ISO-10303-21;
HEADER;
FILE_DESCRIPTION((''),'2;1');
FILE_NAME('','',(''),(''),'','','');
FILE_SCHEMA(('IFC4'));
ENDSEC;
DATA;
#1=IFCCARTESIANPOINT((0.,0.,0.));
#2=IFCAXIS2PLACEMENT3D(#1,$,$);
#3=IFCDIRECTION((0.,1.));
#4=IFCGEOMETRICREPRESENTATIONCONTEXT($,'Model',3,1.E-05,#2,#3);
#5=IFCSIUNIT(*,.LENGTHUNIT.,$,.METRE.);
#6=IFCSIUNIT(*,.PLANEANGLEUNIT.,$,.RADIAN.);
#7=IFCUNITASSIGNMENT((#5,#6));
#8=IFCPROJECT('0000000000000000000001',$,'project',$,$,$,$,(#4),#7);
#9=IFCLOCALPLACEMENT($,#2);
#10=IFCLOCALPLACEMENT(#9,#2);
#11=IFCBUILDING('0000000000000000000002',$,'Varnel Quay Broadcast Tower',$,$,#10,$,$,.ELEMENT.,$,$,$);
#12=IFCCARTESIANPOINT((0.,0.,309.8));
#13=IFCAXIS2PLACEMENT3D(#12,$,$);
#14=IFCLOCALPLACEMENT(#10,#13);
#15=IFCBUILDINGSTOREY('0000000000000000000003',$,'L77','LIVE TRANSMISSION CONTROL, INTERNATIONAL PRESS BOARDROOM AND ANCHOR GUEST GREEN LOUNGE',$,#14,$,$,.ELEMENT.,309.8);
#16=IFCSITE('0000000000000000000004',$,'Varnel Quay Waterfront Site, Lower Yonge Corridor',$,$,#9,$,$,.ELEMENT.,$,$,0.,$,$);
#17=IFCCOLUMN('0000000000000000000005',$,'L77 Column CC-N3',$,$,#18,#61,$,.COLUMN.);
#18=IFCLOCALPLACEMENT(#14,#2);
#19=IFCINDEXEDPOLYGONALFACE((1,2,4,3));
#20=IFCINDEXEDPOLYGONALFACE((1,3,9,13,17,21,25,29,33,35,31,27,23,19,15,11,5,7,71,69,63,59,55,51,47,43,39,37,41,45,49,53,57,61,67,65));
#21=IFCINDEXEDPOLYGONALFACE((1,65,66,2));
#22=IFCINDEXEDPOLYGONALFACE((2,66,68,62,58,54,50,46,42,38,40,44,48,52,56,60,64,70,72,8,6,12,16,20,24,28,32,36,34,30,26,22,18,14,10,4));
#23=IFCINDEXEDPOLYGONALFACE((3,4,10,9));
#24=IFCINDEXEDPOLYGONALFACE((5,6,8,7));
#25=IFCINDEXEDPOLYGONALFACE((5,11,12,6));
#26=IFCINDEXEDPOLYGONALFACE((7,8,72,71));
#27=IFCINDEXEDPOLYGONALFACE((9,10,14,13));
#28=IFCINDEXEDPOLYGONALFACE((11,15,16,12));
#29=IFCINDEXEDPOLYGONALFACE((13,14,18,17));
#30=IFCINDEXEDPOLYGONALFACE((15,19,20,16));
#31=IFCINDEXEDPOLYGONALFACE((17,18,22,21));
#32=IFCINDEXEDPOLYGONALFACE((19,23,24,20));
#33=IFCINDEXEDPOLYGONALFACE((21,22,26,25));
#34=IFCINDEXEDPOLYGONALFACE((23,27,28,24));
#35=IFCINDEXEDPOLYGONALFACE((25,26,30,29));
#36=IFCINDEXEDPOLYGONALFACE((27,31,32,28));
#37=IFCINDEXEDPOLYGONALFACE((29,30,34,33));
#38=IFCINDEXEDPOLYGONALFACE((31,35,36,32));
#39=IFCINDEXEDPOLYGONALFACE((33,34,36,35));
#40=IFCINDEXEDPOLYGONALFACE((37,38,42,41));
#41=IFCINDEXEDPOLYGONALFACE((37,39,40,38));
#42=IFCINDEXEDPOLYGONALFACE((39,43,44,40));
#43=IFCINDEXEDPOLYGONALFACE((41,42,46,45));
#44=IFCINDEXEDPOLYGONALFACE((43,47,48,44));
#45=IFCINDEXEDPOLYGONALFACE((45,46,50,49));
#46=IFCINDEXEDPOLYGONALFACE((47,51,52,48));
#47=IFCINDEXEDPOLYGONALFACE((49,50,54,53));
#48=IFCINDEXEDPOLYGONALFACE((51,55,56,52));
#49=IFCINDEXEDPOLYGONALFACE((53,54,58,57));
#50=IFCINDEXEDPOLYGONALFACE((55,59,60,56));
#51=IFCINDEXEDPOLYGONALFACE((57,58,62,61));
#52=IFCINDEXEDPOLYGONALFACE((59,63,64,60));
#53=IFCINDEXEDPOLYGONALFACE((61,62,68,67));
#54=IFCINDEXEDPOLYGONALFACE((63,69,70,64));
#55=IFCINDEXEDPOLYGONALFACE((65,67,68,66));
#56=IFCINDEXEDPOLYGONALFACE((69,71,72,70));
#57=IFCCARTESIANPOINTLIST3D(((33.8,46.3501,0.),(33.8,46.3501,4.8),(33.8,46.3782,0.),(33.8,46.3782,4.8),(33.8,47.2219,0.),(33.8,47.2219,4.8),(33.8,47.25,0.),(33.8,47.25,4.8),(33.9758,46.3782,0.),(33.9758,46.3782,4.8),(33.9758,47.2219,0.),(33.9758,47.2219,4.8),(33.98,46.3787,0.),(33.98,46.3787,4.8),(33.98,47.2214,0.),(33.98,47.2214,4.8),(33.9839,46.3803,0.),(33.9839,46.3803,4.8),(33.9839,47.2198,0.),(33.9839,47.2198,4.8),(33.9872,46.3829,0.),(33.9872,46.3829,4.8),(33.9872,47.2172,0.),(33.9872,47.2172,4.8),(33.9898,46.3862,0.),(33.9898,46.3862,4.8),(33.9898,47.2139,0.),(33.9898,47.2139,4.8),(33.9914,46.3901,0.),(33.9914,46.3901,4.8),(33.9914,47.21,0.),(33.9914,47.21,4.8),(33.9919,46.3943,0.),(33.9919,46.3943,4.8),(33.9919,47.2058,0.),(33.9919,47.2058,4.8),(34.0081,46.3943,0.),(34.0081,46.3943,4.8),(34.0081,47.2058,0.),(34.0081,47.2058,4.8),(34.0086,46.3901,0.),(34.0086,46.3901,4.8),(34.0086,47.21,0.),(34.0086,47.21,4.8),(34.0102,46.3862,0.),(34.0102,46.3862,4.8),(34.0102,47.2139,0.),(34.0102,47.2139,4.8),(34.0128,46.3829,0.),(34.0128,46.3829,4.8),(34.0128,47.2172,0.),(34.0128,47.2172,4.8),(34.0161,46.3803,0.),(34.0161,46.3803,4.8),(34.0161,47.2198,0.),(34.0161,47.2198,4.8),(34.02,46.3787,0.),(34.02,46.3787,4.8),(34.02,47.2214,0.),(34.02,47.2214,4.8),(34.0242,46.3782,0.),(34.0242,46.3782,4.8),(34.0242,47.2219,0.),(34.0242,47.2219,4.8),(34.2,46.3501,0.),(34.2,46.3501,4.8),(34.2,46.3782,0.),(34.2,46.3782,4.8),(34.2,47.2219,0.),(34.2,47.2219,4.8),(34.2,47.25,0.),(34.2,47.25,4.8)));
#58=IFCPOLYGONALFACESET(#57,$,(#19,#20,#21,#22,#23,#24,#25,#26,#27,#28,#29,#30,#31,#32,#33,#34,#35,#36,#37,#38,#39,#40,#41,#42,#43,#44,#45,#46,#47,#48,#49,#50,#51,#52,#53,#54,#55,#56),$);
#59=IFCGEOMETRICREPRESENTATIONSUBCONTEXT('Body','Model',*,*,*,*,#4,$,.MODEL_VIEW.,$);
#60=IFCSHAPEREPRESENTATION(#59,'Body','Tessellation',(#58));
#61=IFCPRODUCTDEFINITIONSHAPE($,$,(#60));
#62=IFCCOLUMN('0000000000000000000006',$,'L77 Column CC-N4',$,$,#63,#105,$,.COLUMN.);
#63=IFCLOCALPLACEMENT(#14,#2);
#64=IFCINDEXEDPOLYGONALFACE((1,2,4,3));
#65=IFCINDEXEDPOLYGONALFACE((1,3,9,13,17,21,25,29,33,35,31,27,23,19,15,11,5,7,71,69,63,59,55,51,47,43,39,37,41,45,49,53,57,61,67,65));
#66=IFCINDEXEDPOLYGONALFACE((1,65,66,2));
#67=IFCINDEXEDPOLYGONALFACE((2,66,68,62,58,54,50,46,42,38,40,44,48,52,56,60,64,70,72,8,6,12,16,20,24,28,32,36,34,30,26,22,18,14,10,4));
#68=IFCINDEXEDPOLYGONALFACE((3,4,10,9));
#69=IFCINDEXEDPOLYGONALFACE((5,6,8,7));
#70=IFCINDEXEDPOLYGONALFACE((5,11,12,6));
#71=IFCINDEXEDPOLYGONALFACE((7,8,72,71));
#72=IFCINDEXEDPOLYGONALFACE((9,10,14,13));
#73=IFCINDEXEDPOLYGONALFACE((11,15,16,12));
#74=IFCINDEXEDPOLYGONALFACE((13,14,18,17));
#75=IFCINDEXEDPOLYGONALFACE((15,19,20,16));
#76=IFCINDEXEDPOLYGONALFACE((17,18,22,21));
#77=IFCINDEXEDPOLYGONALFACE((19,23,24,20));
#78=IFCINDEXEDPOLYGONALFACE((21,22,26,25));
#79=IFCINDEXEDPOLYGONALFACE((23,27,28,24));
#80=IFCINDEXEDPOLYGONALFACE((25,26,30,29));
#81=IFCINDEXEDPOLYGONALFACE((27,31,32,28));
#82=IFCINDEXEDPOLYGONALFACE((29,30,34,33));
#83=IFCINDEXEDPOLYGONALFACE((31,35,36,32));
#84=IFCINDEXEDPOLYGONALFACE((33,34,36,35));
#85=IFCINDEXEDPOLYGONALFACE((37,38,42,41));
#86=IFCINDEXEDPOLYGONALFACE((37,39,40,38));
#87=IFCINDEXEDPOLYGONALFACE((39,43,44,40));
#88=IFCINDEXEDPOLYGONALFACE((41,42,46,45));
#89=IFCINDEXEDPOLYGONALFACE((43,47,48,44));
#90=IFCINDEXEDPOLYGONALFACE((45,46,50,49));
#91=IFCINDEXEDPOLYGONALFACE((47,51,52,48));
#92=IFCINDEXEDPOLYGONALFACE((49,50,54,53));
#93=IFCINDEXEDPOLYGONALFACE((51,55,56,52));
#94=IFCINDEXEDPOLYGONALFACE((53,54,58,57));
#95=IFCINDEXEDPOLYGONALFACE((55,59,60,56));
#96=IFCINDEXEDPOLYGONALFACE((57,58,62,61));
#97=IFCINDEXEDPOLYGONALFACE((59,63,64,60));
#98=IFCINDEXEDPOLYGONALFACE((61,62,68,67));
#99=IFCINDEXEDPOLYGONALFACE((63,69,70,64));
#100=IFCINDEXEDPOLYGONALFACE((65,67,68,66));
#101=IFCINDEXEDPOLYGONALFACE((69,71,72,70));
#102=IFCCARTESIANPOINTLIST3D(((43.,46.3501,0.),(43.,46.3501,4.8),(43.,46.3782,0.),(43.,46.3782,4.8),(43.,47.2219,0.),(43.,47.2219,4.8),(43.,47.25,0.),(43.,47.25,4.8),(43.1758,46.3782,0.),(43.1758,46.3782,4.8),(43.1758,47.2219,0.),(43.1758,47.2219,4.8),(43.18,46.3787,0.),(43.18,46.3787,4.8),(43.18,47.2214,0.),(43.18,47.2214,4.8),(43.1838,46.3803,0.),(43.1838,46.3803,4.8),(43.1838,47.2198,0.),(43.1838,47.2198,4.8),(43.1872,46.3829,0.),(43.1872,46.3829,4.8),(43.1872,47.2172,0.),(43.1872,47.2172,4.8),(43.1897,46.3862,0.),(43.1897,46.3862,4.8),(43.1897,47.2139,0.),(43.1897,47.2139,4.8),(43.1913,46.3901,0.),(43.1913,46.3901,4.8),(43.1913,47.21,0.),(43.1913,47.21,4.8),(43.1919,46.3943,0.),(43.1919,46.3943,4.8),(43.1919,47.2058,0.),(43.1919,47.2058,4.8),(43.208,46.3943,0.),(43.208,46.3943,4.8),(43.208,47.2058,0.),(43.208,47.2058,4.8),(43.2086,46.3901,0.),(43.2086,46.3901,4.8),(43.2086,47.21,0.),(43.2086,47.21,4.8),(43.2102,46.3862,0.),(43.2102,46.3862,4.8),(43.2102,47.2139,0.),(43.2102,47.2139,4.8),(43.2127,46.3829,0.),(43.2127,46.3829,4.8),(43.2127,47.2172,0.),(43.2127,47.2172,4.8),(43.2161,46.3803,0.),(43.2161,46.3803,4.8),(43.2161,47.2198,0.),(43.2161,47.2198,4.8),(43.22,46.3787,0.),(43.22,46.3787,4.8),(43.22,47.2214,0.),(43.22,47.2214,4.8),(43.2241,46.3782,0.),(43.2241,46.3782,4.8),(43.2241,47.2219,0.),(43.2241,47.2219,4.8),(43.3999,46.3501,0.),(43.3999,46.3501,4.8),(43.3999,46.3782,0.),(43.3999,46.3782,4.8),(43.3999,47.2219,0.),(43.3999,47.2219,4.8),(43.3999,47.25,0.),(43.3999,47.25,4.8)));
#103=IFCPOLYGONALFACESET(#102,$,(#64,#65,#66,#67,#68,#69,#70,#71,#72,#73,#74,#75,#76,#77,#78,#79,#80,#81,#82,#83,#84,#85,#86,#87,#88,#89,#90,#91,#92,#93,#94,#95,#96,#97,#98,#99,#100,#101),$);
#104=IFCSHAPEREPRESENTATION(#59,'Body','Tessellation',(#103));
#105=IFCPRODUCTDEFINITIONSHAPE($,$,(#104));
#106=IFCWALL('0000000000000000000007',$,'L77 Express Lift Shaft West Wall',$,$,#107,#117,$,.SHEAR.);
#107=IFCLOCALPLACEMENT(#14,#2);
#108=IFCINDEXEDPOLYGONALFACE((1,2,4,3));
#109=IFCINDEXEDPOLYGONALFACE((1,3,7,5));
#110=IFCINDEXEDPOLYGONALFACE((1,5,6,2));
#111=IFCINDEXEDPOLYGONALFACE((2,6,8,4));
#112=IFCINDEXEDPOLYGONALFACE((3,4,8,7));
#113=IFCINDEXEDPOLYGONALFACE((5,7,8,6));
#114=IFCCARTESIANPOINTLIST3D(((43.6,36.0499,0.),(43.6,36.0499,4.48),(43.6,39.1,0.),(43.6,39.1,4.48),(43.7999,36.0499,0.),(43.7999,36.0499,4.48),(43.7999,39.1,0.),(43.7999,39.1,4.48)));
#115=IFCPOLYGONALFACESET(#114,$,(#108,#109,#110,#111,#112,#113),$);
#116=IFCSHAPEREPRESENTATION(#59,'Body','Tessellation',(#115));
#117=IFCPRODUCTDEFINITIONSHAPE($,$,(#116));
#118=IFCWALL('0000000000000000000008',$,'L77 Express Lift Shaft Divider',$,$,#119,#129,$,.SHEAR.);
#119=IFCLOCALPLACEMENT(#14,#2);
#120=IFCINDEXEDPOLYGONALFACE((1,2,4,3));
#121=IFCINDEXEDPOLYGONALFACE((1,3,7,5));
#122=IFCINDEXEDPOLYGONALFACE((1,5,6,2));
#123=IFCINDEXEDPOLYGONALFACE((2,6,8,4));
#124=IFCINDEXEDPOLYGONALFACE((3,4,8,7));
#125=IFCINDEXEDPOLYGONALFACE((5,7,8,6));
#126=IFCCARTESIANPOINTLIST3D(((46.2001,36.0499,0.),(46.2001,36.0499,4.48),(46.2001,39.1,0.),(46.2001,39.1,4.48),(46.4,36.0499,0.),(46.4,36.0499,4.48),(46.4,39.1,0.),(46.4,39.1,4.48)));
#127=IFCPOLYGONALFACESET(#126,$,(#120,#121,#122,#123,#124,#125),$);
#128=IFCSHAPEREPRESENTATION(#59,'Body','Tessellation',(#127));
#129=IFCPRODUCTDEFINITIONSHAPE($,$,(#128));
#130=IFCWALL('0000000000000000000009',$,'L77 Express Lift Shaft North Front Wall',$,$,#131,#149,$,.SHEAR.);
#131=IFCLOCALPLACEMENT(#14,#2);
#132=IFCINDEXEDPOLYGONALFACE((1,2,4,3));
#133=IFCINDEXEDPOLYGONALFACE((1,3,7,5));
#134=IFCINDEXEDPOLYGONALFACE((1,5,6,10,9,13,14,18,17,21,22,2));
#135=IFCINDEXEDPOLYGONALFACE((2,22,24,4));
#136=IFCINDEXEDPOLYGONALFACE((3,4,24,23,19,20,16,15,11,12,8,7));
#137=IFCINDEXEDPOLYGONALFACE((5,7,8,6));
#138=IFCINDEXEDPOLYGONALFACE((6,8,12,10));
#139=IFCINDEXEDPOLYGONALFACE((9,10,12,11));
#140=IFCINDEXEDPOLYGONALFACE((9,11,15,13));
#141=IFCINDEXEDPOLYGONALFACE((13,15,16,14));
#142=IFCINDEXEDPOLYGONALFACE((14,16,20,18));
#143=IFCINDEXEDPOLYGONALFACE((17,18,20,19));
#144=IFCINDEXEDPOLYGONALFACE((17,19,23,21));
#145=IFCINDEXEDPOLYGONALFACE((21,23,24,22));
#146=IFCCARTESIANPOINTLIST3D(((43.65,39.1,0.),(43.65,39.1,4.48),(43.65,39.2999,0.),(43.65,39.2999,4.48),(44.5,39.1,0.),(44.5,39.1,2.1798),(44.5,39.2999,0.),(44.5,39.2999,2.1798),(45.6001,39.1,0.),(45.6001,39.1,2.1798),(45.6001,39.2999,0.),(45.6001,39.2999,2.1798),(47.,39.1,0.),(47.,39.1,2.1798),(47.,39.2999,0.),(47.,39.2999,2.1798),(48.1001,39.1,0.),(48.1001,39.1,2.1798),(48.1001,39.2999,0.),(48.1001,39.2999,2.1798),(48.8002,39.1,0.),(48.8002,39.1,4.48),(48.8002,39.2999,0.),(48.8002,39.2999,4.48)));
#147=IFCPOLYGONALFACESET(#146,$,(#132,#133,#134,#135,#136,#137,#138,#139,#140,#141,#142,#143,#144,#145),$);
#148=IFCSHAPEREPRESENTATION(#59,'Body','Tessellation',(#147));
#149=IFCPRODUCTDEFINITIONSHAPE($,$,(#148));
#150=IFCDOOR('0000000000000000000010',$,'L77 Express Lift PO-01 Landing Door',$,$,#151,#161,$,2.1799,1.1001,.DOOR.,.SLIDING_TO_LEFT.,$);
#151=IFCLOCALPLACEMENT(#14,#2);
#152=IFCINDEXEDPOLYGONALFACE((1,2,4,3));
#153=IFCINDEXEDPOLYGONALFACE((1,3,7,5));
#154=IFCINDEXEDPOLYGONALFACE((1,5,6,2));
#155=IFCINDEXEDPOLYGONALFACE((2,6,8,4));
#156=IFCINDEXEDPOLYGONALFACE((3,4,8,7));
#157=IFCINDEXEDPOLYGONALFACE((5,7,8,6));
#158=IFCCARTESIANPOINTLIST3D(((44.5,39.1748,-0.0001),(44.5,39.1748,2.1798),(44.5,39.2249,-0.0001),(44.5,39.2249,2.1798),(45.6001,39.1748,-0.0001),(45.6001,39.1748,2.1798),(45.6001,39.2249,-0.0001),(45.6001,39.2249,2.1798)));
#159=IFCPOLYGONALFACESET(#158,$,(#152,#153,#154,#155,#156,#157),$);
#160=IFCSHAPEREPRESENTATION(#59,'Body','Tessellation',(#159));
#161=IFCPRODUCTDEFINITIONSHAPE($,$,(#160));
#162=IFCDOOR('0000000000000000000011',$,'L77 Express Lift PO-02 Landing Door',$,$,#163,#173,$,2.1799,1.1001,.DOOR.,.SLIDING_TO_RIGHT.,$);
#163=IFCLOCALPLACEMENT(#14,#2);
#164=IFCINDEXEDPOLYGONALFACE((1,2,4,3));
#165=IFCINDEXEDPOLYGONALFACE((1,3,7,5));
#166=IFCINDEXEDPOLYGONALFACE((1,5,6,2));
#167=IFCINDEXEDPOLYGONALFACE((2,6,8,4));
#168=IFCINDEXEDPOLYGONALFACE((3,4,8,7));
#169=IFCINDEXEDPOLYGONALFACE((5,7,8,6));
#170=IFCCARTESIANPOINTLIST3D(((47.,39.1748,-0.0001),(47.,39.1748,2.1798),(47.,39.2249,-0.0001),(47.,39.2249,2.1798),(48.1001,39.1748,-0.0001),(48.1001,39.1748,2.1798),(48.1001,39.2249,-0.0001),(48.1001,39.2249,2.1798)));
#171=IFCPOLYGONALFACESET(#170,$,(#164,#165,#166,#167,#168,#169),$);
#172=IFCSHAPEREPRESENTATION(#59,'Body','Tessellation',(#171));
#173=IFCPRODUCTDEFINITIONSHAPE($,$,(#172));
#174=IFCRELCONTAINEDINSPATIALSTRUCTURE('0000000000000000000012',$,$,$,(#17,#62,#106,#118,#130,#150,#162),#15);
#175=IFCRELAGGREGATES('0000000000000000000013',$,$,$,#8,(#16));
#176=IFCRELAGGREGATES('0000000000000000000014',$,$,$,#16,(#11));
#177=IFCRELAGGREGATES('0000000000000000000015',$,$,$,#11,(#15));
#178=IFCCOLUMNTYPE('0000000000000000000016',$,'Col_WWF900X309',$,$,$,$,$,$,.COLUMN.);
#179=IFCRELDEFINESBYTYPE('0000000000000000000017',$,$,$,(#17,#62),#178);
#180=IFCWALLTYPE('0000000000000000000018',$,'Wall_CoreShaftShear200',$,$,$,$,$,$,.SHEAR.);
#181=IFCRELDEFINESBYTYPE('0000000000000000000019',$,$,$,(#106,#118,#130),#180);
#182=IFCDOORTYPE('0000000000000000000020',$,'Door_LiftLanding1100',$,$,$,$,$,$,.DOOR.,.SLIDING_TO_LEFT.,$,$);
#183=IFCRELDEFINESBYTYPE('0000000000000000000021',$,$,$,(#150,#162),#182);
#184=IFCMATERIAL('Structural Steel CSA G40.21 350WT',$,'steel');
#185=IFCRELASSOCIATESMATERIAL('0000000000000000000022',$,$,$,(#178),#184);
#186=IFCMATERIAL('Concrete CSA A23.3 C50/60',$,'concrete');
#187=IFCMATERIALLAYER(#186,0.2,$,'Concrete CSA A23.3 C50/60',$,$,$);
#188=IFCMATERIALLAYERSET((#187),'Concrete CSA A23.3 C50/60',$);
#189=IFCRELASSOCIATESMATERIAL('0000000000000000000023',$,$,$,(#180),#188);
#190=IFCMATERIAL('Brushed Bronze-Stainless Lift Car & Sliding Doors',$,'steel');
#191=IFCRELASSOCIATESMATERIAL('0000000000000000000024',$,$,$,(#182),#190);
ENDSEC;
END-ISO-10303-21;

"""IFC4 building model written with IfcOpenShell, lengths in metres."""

from ifc_helpers import new_model, si_unit, direction, frame, frame_2d, origin, origin_2d, place, context, subcontext, project, spatial, rectangle, i_section, extrude, source, transform, mapped, material, layer, layer_set, material_profile, profile_set, type_object, type_shapes, element, fill, save


model = new_model("IFC4")

# Units and contexts
model_context = context("Model", 3, precision=1e-05, world=origin(), true_north=direction((0.0, 1.0)))
body_context = subcontext(model_context, "Body", "Model", "MODEL_VIEW")
ifc_project = project(units=[si_unit("LENGTHUNIT", "METRE"), si_unit("PLANEANGLEUNIT", "RADIAN")], contexts=[model_context])

# Site, building, storey
site_placement = place(None, origin())
site = spatial("IfcSite", under=ifc_project, at=site_placement, Name="Varnel Quay Waterfront Site, Lower Yonge Corridor", CompositionType="ELEMENT", RefElevation=0.0)
building_placement = place(site_placement, origin())
building = spatial("IfcBuilding", under=site, at=building_placement, Name="Varnel Quay Broadcast Tower", CompositionType="ELEMENT")
storey_placement = place(building_placement, frame((0.0, 0.0, 309.8)))
storey = spatial("IfcBuildingStorey", under=building, at=storey_placement, Name="L77", Description="LIVE TRANSMISSION CONTROL, INTERNATIONAL PRESS BOARDROOM AND ANCHOR GUEST GREEN LOUNGE", CompositionType="ELEMENT", Elevation=309.8)

# Columns
ifc_material_1 = material(Name="Structural Steel CSA G40.21 350WT", Category="steel")
ifc_material_profile = material_profile(ifc_material_1, i_section(OverallWidth=0.3999, OverallDepth=0.8999, WebThickness=0.0161, FlangeThickness=0.0281, FilletRadius=0.0161, at=origin_2d()), Name="WWF900X309")
ifc_profile_set = profile_set([ifc_material_profile], Name="Structural Steel CSA G40.21 350WT")
column_type = type_object("IfcColumnType", Name="Col_WWF900X309", PredefinedType="COLUMN", material=ifc_profile_set)
shared_shape_1 = source(origin(), body_context, "Body", "SweptSolid", [
    extrude(i_section(OverallWidth=0.3999, OverallDepth=0.8999, WebThickness=0.0161, FlangeThickness=0.0281, FilletRadius=0.0161, at=origin_2d()), origin(), (0.0, 0.0, 1.0), 4.8),
])
type_shapes(column_type, [shared_shape_1])
for number, where, z_axis, x_axis, name in (
    (1, (34.0, 46.8, 0.0), (0.0, 0.0, 1.0), (1.0, 0.0, 0.0), "L77 Column CC-N3"),
    (2, (43.2, 46.8, 0.0), (0.0, 0.0, 1.0), (1.0, 0.0, 0.0), "L77 Column CC-N4"),
):
    element("IfcColumn", number, at=place(storey_placement, frame(where, z_axis=z_axis, x_axis=x_axis)), inside=storey, type_object=column_type, Name=name, PredefinedType="COLUMN", context=body_context, shape_type="MappedRepresentation", body=[
        mapped(shared_shape_1, transform((0.0, 0.0, 0.0), x_axis=(1.0, 0.0, 0.0), y_axis=(0.0, 1.0, 0.0), z_axis=(0.0, 0.0, 1.0), scale=1.0)),
    ])

# Walls
ifc_material_2 = material(Name="Concrete CSA A23.3 C50/60", Category="concrete")
ifc_layer_1 = layer(ifc_material_2, 0.2, Name="Concrete CSA A23.3 C50/60")
ifc_layer_set_1 = layer_set([ifc_layer_1], Name="Concrete CSA A23.3 C50/60")
wall_type_1 = type_object("IfcWallType", Name="Wall_CoreShaftShear200", PredefinedType="SHEAR", material=ifc_layer_set_1)
for number, where, z_axis, x_axis, name in (
    (3, (43.7, 36.05, 0.0), (0.0, 0.0, 1.0), (0.0, 1.0, 0.0), "L77 Express Lift Shaft West Wall"),
    (4, (46.3, 36.05, 0.0), (0.0, 0.0, 1.0), (0.0, 1.0, 0.0), "L77 Express Lift Shaft Divider"),
):
    element("IfcWall", number, at=place(storey_placement, frame(where, z_axis=z_axis, x_axis=x_axis)), inside=storey, type_object=wall_type_1, Name=name, PredefinedType="SHEAR", context=body_context, shape_type="SweptSolid", body=[
        extrude(rectangle(XDim=3.05, YDim=0.2, at=frame_2d((1.5249, 0.0))), origin(), (0.0, 0.0, 1.0), 4.48),
    ])

# Wall, openings, doors
wall_1_placement = place(storey_placement, frame((43.6499, 39.2, 0.0), z_axis=(0.0, 0.0, 1.0), x_axis=(1.0, 0.0, 0.0)))
wall_1 = element("IfcWall", 5, at=wall_1_placement, inside=storey, type_object=wall_type_1, Name="L77 Express Lift Shaft North Front Wall", PredefinedType="SHEAR", context=body_context, shape_type="SweptSolid", body=[
    extrude(rectangle(XDim=5.1501, YDim=0.2, at=frame_2d((2.5752, 0.0))), origin(), (0.0, 0.0, 1.0), 4.48),
])
opening_1_placement = place(wall_1_placement, frame((0.8501, 0.0, 0.0)))
opening_1 = element("IfcOpeningElement", 6, at=opening_1_placement, cuts=wall_1, PredefinedType="OPENING", context=body_context, shape_type="SweptSolid", body=[
    extrude(rectangle(XDim=1.1001, YDim=2.1799, at=frame_2d((0.55, 1.0898))), frame((0.0, 0.1099, 0.0), z_axis=(0.0, -1.0, 0.0), x_axis=(1.0, 0.0, 0.0)), (0.0, 0.0, 1.0), 0.22),
])
opening_2_placement = place(wall_1_placement, frame((3.3501, 0.0, 0.0)))
opening_2 = element("IfcOpeningElement", 7, at=opening_2_placement, cuts=wall_1, PredefinedType="OPENING", context=body_context, shape_type="SweptSolid", body=[
    extrude(rectangle(XDim=1.1001, YDim=2.1799, at=frame_2d((0.55, 1.0898))), frame((0.0, 0.1099, 0.0), z_axis=(0.0, -1.0, 0.0), x_axis=(1.0, 0.0, 0.0)), (0.0, 0.0, 1.0), 0.22),
])
ifc_material_3 = material(Name="Brushed Bronze-Stainless Lift Car & Sliding Doors", Category="steel")
door_type_1 = type_object("IfcDoorType", Name="Door_LiftLanding1100", OperationType="SLIDING_TO_LEFT", PredefinedType="DOOR", material=ifc_material_3)
shared_shape_2 = source(origin(), body_context, "Body", "SweptSolid", [
    extrude(rectangle(XDim=1.1001, YDim=2.1799, at=frame_2d((0.55, 1.0898))), frame((0.0, 0.0249, 0.0), z_axis=(0.0, -1.0, 0.0), x_axis=(1.0, 0.0, 0.0)), (0.0, 0.0, 1.0), 0.05),
])
type_shapes(door_type_1, [shared_shape_2])
door_1_placement = place(opening_1_placement, origin())
door_1 = element("IfcDoor", 8, at=door_1_placement, inside=storey, type_object=door_type_1, Name="L77 Express Lift PO-01 Landing Door", OperationType="SLIDING_TO_LEFT", OverallHeight=2.1799, OverallWidth=1.1001, PredefinedType="DOOR", context=body_context, shape_type="MappedRepresentation", body=[
    mapped(shared_shape_2, transform((0.0, 0.0, 0.0), x_axis=(1.0, 0.0, 0.0), y_axis=(0.0, 1.0, 0.0), z_axis=(0.0, 0.0, 1.0), scale=1.0)),
])
fill(opening_1, door_1)
door_2_placement = place(opening_2_placement, origin())
door_2 = element("IfcDoor", 9, at=door_2_placement, inside=storey, type_object=door_type_1, Name="L77 Express Lift PO-02 Landing Door", OperationType="SLIDING_TO_RIGHT", OverallHeight=2.1799, OverallWidth=1.1001, PredefinedType="DOOR", context=body_context, shape_type="MappedRepresentation", body=[
    mapped(shared_shape_2, transform((0.0, 0.0, 0.0), x_axis=(1.0, 0.0, 0.0), y_axis=(0.0, 1.0, 0.0), z_axis=(0.0, 0.0, 1.0), scale=1.0)),
])
fill(opening_2, door_2)

save(model, "model.ifc")
